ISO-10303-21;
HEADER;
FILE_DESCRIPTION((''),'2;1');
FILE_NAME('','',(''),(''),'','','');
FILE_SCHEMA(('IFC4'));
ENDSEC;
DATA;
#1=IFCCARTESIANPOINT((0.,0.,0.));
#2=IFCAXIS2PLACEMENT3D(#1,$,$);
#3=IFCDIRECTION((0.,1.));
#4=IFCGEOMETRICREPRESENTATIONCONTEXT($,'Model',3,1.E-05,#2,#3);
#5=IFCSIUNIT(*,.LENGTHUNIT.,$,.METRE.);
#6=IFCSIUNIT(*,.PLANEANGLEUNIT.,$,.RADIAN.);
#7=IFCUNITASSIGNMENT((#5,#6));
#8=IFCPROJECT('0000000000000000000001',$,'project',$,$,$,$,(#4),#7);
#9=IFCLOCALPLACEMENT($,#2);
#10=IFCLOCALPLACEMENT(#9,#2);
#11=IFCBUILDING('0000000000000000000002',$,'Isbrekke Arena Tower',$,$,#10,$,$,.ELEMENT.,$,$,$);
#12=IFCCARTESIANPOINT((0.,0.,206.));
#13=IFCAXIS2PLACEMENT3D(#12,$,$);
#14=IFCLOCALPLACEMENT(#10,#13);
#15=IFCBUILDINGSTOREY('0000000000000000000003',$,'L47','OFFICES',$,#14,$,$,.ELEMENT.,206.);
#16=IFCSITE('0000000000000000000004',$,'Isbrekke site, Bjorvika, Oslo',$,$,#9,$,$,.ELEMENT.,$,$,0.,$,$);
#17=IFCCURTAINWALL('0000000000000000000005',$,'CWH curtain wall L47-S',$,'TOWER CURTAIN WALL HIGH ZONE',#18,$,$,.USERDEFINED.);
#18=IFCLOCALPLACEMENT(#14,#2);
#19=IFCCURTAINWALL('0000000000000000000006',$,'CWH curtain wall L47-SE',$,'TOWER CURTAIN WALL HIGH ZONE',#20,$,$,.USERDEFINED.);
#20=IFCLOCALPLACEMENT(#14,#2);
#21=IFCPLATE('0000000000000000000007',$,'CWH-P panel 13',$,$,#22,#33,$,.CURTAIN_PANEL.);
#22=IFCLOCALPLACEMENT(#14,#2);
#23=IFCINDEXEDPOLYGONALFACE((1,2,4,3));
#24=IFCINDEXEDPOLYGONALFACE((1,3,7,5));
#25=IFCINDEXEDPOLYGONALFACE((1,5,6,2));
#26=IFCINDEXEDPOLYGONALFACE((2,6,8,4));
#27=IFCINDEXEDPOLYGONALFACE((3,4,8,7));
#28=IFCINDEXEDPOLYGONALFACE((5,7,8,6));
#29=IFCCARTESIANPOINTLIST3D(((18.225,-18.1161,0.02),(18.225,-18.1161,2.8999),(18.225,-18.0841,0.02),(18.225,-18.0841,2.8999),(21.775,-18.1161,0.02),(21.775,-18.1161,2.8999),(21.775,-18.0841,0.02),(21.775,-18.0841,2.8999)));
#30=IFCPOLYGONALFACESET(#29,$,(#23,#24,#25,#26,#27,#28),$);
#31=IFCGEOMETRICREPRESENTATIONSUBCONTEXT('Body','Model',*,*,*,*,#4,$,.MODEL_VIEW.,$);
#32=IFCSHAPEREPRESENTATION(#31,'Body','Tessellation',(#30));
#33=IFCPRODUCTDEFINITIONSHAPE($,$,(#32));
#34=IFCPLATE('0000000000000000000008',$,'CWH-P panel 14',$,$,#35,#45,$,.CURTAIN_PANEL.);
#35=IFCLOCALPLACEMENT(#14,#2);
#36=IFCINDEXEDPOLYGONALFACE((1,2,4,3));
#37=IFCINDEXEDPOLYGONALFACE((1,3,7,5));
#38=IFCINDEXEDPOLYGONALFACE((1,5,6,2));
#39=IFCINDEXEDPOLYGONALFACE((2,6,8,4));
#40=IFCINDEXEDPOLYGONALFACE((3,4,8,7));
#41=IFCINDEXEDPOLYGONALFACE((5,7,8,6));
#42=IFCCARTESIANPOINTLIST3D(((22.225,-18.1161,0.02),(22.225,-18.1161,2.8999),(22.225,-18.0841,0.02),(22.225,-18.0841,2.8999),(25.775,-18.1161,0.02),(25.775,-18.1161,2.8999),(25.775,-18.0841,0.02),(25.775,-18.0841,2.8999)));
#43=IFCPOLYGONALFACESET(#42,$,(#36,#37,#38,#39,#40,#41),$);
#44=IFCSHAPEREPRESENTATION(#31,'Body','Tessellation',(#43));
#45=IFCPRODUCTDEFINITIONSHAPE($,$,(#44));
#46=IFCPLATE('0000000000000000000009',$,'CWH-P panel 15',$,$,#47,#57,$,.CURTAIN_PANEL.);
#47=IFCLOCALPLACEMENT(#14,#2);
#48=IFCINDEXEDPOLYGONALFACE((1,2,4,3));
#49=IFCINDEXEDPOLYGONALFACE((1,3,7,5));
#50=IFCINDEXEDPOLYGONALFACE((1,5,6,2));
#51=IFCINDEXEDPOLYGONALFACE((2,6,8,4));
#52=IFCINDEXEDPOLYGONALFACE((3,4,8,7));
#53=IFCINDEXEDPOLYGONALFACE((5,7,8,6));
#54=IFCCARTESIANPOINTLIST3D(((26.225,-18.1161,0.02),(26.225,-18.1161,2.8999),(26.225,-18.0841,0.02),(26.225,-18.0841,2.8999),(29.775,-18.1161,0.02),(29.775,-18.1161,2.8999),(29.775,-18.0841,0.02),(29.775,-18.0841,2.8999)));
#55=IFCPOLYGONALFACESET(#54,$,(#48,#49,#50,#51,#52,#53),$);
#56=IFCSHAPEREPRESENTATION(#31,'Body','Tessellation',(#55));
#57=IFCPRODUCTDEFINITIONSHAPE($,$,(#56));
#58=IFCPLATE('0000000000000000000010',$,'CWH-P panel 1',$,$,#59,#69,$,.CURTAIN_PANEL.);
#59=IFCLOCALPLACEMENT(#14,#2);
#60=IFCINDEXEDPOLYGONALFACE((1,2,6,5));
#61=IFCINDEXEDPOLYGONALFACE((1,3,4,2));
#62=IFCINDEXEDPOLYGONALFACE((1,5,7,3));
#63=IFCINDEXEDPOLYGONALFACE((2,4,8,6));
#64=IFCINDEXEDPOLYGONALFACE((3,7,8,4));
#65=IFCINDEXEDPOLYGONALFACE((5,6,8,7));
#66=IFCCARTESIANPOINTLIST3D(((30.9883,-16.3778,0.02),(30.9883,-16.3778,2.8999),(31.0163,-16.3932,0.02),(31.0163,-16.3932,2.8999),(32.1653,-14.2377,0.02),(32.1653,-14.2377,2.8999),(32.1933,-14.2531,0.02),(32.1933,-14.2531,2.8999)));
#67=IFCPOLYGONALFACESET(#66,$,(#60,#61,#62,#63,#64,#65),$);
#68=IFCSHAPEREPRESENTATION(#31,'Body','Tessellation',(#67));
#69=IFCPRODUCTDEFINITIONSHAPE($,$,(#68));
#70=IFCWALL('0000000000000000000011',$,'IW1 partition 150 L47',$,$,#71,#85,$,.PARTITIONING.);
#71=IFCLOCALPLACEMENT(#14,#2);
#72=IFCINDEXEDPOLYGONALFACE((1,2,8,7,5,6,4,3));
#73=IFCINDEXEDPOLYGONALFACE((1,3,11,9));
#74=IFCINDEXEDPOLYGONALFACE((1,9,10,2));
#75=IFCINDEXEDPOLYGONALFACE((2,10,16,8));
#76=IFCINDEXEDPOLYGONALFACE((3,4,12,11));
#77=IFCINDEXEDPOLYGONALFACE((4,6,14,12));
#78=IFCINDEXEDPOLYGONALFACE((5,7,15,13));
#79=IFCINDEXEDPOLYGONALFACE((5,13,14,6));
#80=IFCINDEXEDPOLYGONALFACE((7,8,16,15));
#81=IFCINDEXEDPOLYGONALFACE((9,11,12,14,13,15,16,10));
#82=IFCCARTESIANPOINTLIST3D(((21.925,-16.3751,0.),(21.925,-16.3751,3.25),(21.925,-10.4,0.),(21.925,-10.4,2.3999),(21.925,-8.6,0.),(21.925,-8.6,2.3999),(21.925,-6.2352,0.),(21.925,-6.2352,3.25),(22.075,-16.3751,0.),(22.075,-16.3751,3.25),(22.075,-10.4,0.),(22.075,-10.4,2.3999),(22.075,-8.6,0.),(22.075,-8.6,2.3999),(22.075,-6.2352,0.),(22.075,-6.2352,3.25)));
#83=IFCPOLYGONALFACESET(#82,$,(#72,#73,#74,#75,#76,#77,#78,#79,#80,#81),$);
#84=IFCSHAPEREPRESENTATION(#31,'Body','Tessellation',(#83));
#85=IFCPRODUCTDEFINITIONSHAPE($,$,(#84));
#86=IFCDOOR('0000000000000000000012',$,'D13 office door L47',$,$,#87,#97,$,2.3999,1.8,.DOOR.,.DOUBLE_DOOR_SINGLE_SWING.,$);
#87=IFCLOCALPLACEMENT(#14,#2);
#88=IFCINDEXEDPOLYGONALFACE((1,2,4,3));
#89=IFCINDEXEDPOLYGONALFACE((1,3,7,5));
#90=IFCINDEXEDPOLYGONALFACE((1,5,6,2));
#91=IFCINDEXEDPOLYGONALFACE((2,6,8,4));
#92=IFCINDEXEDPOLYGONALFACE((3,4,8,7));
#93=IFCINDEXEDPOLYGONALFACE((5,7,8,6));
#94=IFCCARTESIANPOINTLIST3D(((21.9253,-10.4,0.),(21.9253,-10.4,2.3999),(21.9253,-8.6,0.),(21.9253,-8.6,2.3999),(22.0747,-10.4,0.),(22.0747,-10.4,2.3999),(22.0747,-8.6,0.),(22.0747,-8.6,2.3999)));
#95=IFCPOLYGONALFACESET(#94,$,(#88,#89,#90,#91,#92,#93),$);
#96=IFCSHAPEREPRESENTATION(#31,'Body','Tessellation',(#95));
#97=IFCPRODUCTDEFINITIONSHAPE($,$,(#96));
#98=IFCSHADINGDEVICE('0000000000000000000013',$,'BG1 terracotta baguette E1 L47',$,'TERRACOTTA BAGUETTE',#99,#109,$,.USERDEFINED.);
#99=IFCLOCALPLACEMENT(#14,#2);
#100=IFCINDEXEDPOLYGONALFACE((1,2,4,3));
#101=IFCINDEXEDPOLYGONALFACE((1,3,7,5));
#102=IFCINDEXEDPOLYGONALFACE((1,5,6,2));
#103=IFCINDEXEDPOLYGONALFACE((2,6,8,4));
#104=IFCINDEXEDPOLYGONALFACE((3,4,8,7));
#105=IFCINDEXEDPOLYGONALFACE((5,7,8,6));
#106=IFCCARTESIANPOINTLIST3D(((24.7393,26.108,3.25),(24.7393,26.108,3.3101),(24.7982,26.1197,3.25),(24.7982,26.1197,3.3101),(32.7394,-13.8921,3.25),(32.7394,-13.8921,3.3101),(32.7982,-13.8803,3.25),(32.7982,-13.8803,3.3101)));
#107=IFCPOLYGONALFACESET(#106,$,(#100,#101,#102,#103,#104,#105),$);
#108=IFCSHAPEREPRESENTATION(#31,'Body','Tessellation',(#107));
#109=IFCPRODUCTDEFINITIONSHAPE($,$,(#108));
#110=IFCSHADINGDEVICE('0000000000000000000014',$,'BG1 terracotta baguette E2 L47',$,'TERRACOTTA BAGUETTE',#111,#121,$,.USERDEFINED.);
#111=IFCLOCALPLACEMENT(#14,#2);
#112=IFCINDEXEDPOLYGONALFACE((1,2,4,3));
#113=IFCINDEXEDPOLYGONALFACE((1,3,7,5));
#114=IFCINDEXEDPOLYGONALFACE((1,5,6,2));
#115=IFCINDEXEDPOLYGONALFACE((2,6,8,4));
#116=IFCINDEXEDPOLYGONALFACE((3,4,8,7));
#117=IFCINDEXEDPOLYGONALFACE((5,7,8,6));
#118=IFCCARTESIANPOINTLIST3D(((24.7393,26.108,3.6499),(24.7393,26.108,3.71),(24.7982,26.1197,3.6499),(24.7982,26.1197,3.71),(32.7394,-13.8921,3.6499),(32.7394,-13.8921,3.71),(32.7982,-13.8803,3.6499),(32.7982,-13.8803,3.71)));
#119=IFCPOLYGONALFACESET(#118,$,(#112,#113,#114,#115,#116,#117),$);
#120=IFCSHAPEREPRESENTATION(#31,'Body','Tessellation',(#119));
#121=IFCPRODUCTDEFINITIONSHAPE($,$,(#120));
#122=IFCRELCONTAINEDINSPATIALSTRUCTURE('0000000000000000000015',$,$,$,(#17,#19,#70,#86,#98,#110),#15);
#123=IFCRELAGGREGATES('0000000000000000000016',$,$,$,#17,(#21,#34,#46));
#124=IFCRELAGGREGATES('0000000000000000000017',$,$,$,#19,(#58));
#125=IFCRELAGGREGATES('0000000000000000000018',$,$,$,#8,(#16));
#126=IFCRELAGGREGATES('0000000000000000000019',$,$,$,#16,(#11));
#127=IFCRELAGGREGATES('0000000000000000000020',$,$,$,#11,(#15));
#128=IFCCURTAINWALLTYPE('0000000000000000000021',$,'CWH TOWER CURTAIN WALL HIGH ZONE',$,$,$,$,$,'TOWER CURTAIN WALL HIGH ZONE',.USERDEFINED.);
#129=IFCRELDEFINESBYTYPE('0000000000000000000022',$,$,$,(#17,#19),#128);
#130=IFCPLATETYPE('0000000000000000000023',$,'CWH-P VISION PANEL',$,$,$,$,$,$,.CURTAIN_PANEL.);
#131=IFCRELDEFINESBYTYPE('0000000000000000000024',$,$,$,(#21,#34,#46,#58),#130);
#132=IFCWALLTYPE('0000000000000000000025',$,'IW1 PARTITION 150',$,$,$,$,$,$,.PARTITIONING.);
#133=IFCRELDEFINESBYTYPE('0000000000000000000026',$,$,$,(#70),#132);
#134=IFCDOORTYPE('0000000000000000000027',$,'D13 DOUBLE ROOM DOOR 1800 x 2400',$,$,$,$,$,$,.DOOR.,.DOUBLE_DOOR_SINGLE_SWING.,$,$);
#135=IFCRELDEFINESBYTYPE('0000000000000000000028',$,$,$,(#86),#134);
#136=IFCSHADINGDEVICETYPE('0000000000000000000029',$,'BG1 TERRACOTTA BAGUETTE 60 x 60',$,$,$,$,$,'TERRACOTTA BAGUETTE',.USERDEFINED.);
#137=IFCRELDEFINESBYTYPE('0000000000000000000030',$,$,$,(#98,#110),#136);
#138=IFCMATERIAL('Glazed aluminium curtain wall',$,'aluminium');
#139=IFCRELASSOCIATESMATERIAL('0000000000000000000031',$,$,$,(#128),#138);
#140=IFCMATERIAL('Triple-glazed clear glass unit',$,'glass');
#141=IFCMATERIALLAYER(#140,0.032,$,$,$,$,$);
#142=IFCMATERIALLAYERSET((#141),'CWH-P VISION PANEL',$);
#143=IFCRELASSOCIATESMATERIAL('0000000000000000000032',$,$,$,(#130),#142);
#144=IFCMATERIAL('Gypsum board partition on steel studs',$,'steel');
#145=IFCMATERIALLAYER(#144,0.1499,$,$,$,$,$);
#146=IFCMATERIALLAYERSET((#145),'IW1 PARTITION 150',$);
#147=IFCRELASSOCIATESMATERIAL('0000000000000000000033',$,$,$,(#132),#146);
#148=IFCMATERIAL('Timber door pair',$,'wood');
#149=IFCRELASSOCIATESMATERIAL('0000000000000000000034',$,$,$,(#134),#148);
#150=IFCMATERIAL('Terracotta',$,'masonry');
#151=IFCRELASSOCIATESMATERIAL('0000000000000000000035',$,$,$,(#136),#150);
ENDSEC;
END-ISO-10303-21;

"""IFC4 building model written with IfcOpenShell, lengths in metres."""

from ifc_helpers import new_model, si_unit, direction, frame, frame_2d, origin, origin_2d, place, context, subcontext, project, spatial, rectangle, extrude, material, layer, layer_set, material_profile, profile_set, type_object, element, fill, aggregate, save


model = new_model("IFC4")

# Units and contexts
model_context = context("Model", 3, precision=1e-05, world=origin(), true_north=direction((0.0, 1.0)))
body_context = subcontext(model_context, "Body", "Model", "MODEL_VIEW")
ifc_project = project(units=[si_unit("LENGTHUNIT", "METRE"), si_unit("PLANEANGLEUNIT", "RADIAN")], contexts=[model_context])

# Site, building, storey
site_placement = place(None, origin())
site = spatial("IfcSite", under=ifc_project, at=site_placement, Name="Isbrekke site, Bjorvika, Oslo", CompositionType="ELEMENT", RefElevation=0.0)
building_placement = place(site_placement, origin())
building = spatial("IfcBuilding", under=site, at=building_placement, Name="Isbrekke Arena Tower", CompositionType="ELEMENT")
storey_placement = place(building_placement, frame((0.0, 0.0, 206.0)))
storey = spatial("IfcBuildingStorey", under=building, at=storey_placement, Name="L47", Description="OFFICES", CompositionType="ELEMENT", Elevation=206.0)

# Curtain walls
ifc_material_1 = material(Name="Glazed aluminium curtain wall", Category="aluminium")
curtain_wall_type = type_object("IfcCurtainWallType", Name="CWH TOWER CURTAIN WALL HIGH ZONE", ElementType="TOWER CURTAIN WALL HIGH ZONE", PredefinedType="USERDEFINED", material=ifc_material_1)
curtain_wall_1_placement = place(storey_placement, origin())
curtain_wall_1 = element("IfcCurtainWall", 1, at=curtain_wall_1_placement, inside=storey, type_object=curtain_wall_type, Name="CWH curtain wall L47-S", ObjectType="TOWER CURTAIN WALL HIGH ZONE", PredefinedType="USERDEFINED")
curtain_wall_2_placement = place(storey_placement, origin())
curtain_wall_2 = element("IfcCurtainWall", 2, at=curtain_wall_2_placement, inside=storey, type_object=curtain_wall_type, Name="CWH curtain wall L47-SE", ObjectType="TOWER CURTAIN WALL HIGH ZONE", PredefinedType="USERDEFINED")

# Plates
ifc_material_2 = material(Name="Triple-glazed clear glass unit", Category="glass")
ifc_layer_1 = layer(ifc_material_2, 0.032)
ifc_layer_set_1 = layer_set([ifc_layer_1], Name="CWH-P VISION PANEL")
plate_type = type_object("IfcPlateType", Name="CWH-P VISION PANEL", PredefinedType="CURTAIN_PANEL", material=ifc_layer_set_1)
plate_1_placement = place(storey_placement, frame((20.0, -18.1001, 0.02), z_axis=(0.0, 0.0, 1.0), x_axis=(1.0, 0.0, 0.0)))
plate_1 = element("IfcPlate", 3, at=plate_1_placement, type_object=plate_type, Name="CWH-P panel 13", PredefinedType="CURTAIN_PANEL", context=body_context, shape_type="SweptSolid", body=[
    extrude(rectangle(XDim=3.55, YDim=0.032, at=origin_2d()), origin(), (0.0, 0.0, 1.0), 2.8799),
])
plate_2_placement = place(storey_placement, frame((24.0, -18.1001, 0.02), z_axis=(0.0, 0.0, 1.0), x_axis=(1.0, 0.0, 0.0)))
plate_2 = element("IfcPlate", 4, at=plate_2_placement, type_object=plate_type, Name="CWH-P panel 14", PredefinedType="CURTAIN_PANEL", context=body_context, shape_type="SweptSolid", body=[
    extrude(rectangle(XDim=3.55, YDim=0.032, at=origin_2d()), origin(), (0.0, 0.0, 1.0), 2.8799),
])
plate_3_placement = place(storey_placement, frame((28.0, -18.1001, 0.02), z_axis=(0.0, 0.0, 1.0), x_axis=(1.0, 0.0, 0.0)))
plate_3 = element("IfcPlate", 5, at=plate_3_placement, type_object=plate_type, Name="CWH-P panel 15", PredefinedType="CURTAIN_PANEL", context=body_context, shape_type="SweptSolid", body=[
    extrude(rectangle(XDim=3.55, YDim=0.032, at=origin_2d()), origin(), (0.0, 0.0, 1.0), 2.8799),
])
aggregate(curtain_wall_1, [plate_1, plate_2, plate_3])
plate_4_placement = place(storey_placement, frame((31.5908, -15.3154, 0.02), z_axis=(0.0, 0.0, 1.0), x_axis=(0.481919, 0.876216, 0.0)))
plate_4 = element("IfcPlate", 6, at=plate_4_placement, type_object=plate_type, Name="CWH-P panel 1", PredefinedType="CURTAIN_PANEL", context=body_context, shape_type="SweptSolid", body=[
    extrude(rectangle(XDim=2.4424, YDim=0.032, at=origin_2d()), origin(), (0.0, 0.0, 1.0), 2.8799),
])
aggregate(curtain_wall_2, [plate_4])

# Wall, opening, door
ifc_material_3 = material(Name="Gypsum board partition on steel studs", Category="steel")
ifc_layer_2 = layer(ifc_material_3, 0.1499)
ifc_layer_set_2 = layer_set([ifc_layer_2], Name="IW1 PARTITION 150")
wall_type = type_object("IfcWallType", Name="IW1 PARTITION 150", PredefinedType="PARTITIONING", material=ifc_layer_set_2)
wall_placement = place(storey_placement, frame((22.0, -16.375, 0.0), z_axis=(0.0, 0.0, 1.0), x_axis=(0.0, 1.0, 0.0)))
wall = element("IfcWall", 7, at=wall_placement, inside=storey, type_object=wall_type, Name="IW1 partition 150 L47", PredefinedType="PARTITIONING", context=body_context, shape_type="SweptSolid", body=[
    extrude(rectangle(XDim=10.1399, YDim=0.1499, at=frame_2d((5.0698, 0.0))), origin(), (0.0, 0.0, 1.0), 3.25),
])
opening_placement = place(wall_placement, frame((5.9751, 0.0, 0.0)))
opening = element("IfcOpeningElement", 8, at=opening_placement, cuts=wall, PredefinedType="OPENING", context=body_context, shape_type="SweptSolid", body=[
    extrude(rectangle(XDim=1.8, YDim=2.3999, at=frame_2d((0.8999, 1.2))), frame((0.0, 0.0898, 0.0), z_axis=(0.0, -1.0, 0.0), x_axis=(1.0, 0.0, 0.0)), (0.0, 0.0, 1.0), 0.1797),
])
ifc_material_4 = material(Name="Timber door pair", Category="wood")
door_type = type_object("IfcDoorType", Name="D13 DOUBLE ROOM DOOR 1800 x 2400", OperationType="DOUBLE_DOOR_SINGLE_SWING", PredefinedType="DOOR", material=ifc_material_4)
door_placement = place(opening_placement, origin())
door = element("IfcDoor", 9, at=door_placement, inside=storey, type_object=door_type, Name="D13 office door L47", OperationType="DOUBLE_DOOR_SINGLE_SWING", OverallHeight=2.3999, OverallWidth=1.8, PredefinedType="DOOR", context=body_context, shape_type="SweptSolid", body=[
    extrude(rectangle(XDim=1.8, YDim=2.3999, at=frame_2d((0.8999, 1.2))), frame((0.0, 0.0747, 0.0), z_axis=(0.0, -1.0, 0.0), x_axis=(1.0, 0.0, 0.0)), (0.0, 0.0, 1.0), 0.1494),
])
fill(opening, door)

# Shading devices
ifc_material_5 = material(Name="Terracotta", Category="masonry")
ifc_material_profile_1 = material_profile(ifc_material_5, rectangle(XDim=0.0601, YDim=0.0601, at=origin_2d()), Name="BAGUETTE 60X60")
ifc_profile_set_1 = profile_set([ifc_material_profile_1], Name="Terracotta")
shading_device_type = type_object("IfcShadingDeviceType", Name="BG1 TERRACOTTA BAGUETTE 60 x 60", ElementType="TERRACOTTA BAGUETTE", PredefinedType="USERDEFINED", material=ifc_profile_set_1)
for number, where, z_axis, x_axis, name in (
    (10, (32.7688, -13.8862, 3.28), (-0.196116, 0.980581, 0.0), (-0.980581, -0.196116, 0.0), "BG1 terracotta baguette E1 L47"),
    (11, (32.7688, -13.8862, 3.6799), (-0.196116, 0.980581, 0.0), (-0.980581, -0.196116, 0.0), "BG1 terracotta baguette E2 L47"),
):
    element("IfcShadingDevice", number, at=place(storey_placement, frame(where, z_axis=z_axis, x_axis=x_axis)), inside=storey, type_object=shading_device_type, Name=name, ObjectType="TERRACOTTA BAGUETTE", PredefinedType="USERDEFINED", context=body_context, shape_type="SweptSolid", body=[
        extrude(rectangle(XDim=0.0601, YDim=0.0601, at=origin_2d()), origin(), (0.0, 0.0, 1.0), 40.7922),
    ])

save(model, "model.ifc")
